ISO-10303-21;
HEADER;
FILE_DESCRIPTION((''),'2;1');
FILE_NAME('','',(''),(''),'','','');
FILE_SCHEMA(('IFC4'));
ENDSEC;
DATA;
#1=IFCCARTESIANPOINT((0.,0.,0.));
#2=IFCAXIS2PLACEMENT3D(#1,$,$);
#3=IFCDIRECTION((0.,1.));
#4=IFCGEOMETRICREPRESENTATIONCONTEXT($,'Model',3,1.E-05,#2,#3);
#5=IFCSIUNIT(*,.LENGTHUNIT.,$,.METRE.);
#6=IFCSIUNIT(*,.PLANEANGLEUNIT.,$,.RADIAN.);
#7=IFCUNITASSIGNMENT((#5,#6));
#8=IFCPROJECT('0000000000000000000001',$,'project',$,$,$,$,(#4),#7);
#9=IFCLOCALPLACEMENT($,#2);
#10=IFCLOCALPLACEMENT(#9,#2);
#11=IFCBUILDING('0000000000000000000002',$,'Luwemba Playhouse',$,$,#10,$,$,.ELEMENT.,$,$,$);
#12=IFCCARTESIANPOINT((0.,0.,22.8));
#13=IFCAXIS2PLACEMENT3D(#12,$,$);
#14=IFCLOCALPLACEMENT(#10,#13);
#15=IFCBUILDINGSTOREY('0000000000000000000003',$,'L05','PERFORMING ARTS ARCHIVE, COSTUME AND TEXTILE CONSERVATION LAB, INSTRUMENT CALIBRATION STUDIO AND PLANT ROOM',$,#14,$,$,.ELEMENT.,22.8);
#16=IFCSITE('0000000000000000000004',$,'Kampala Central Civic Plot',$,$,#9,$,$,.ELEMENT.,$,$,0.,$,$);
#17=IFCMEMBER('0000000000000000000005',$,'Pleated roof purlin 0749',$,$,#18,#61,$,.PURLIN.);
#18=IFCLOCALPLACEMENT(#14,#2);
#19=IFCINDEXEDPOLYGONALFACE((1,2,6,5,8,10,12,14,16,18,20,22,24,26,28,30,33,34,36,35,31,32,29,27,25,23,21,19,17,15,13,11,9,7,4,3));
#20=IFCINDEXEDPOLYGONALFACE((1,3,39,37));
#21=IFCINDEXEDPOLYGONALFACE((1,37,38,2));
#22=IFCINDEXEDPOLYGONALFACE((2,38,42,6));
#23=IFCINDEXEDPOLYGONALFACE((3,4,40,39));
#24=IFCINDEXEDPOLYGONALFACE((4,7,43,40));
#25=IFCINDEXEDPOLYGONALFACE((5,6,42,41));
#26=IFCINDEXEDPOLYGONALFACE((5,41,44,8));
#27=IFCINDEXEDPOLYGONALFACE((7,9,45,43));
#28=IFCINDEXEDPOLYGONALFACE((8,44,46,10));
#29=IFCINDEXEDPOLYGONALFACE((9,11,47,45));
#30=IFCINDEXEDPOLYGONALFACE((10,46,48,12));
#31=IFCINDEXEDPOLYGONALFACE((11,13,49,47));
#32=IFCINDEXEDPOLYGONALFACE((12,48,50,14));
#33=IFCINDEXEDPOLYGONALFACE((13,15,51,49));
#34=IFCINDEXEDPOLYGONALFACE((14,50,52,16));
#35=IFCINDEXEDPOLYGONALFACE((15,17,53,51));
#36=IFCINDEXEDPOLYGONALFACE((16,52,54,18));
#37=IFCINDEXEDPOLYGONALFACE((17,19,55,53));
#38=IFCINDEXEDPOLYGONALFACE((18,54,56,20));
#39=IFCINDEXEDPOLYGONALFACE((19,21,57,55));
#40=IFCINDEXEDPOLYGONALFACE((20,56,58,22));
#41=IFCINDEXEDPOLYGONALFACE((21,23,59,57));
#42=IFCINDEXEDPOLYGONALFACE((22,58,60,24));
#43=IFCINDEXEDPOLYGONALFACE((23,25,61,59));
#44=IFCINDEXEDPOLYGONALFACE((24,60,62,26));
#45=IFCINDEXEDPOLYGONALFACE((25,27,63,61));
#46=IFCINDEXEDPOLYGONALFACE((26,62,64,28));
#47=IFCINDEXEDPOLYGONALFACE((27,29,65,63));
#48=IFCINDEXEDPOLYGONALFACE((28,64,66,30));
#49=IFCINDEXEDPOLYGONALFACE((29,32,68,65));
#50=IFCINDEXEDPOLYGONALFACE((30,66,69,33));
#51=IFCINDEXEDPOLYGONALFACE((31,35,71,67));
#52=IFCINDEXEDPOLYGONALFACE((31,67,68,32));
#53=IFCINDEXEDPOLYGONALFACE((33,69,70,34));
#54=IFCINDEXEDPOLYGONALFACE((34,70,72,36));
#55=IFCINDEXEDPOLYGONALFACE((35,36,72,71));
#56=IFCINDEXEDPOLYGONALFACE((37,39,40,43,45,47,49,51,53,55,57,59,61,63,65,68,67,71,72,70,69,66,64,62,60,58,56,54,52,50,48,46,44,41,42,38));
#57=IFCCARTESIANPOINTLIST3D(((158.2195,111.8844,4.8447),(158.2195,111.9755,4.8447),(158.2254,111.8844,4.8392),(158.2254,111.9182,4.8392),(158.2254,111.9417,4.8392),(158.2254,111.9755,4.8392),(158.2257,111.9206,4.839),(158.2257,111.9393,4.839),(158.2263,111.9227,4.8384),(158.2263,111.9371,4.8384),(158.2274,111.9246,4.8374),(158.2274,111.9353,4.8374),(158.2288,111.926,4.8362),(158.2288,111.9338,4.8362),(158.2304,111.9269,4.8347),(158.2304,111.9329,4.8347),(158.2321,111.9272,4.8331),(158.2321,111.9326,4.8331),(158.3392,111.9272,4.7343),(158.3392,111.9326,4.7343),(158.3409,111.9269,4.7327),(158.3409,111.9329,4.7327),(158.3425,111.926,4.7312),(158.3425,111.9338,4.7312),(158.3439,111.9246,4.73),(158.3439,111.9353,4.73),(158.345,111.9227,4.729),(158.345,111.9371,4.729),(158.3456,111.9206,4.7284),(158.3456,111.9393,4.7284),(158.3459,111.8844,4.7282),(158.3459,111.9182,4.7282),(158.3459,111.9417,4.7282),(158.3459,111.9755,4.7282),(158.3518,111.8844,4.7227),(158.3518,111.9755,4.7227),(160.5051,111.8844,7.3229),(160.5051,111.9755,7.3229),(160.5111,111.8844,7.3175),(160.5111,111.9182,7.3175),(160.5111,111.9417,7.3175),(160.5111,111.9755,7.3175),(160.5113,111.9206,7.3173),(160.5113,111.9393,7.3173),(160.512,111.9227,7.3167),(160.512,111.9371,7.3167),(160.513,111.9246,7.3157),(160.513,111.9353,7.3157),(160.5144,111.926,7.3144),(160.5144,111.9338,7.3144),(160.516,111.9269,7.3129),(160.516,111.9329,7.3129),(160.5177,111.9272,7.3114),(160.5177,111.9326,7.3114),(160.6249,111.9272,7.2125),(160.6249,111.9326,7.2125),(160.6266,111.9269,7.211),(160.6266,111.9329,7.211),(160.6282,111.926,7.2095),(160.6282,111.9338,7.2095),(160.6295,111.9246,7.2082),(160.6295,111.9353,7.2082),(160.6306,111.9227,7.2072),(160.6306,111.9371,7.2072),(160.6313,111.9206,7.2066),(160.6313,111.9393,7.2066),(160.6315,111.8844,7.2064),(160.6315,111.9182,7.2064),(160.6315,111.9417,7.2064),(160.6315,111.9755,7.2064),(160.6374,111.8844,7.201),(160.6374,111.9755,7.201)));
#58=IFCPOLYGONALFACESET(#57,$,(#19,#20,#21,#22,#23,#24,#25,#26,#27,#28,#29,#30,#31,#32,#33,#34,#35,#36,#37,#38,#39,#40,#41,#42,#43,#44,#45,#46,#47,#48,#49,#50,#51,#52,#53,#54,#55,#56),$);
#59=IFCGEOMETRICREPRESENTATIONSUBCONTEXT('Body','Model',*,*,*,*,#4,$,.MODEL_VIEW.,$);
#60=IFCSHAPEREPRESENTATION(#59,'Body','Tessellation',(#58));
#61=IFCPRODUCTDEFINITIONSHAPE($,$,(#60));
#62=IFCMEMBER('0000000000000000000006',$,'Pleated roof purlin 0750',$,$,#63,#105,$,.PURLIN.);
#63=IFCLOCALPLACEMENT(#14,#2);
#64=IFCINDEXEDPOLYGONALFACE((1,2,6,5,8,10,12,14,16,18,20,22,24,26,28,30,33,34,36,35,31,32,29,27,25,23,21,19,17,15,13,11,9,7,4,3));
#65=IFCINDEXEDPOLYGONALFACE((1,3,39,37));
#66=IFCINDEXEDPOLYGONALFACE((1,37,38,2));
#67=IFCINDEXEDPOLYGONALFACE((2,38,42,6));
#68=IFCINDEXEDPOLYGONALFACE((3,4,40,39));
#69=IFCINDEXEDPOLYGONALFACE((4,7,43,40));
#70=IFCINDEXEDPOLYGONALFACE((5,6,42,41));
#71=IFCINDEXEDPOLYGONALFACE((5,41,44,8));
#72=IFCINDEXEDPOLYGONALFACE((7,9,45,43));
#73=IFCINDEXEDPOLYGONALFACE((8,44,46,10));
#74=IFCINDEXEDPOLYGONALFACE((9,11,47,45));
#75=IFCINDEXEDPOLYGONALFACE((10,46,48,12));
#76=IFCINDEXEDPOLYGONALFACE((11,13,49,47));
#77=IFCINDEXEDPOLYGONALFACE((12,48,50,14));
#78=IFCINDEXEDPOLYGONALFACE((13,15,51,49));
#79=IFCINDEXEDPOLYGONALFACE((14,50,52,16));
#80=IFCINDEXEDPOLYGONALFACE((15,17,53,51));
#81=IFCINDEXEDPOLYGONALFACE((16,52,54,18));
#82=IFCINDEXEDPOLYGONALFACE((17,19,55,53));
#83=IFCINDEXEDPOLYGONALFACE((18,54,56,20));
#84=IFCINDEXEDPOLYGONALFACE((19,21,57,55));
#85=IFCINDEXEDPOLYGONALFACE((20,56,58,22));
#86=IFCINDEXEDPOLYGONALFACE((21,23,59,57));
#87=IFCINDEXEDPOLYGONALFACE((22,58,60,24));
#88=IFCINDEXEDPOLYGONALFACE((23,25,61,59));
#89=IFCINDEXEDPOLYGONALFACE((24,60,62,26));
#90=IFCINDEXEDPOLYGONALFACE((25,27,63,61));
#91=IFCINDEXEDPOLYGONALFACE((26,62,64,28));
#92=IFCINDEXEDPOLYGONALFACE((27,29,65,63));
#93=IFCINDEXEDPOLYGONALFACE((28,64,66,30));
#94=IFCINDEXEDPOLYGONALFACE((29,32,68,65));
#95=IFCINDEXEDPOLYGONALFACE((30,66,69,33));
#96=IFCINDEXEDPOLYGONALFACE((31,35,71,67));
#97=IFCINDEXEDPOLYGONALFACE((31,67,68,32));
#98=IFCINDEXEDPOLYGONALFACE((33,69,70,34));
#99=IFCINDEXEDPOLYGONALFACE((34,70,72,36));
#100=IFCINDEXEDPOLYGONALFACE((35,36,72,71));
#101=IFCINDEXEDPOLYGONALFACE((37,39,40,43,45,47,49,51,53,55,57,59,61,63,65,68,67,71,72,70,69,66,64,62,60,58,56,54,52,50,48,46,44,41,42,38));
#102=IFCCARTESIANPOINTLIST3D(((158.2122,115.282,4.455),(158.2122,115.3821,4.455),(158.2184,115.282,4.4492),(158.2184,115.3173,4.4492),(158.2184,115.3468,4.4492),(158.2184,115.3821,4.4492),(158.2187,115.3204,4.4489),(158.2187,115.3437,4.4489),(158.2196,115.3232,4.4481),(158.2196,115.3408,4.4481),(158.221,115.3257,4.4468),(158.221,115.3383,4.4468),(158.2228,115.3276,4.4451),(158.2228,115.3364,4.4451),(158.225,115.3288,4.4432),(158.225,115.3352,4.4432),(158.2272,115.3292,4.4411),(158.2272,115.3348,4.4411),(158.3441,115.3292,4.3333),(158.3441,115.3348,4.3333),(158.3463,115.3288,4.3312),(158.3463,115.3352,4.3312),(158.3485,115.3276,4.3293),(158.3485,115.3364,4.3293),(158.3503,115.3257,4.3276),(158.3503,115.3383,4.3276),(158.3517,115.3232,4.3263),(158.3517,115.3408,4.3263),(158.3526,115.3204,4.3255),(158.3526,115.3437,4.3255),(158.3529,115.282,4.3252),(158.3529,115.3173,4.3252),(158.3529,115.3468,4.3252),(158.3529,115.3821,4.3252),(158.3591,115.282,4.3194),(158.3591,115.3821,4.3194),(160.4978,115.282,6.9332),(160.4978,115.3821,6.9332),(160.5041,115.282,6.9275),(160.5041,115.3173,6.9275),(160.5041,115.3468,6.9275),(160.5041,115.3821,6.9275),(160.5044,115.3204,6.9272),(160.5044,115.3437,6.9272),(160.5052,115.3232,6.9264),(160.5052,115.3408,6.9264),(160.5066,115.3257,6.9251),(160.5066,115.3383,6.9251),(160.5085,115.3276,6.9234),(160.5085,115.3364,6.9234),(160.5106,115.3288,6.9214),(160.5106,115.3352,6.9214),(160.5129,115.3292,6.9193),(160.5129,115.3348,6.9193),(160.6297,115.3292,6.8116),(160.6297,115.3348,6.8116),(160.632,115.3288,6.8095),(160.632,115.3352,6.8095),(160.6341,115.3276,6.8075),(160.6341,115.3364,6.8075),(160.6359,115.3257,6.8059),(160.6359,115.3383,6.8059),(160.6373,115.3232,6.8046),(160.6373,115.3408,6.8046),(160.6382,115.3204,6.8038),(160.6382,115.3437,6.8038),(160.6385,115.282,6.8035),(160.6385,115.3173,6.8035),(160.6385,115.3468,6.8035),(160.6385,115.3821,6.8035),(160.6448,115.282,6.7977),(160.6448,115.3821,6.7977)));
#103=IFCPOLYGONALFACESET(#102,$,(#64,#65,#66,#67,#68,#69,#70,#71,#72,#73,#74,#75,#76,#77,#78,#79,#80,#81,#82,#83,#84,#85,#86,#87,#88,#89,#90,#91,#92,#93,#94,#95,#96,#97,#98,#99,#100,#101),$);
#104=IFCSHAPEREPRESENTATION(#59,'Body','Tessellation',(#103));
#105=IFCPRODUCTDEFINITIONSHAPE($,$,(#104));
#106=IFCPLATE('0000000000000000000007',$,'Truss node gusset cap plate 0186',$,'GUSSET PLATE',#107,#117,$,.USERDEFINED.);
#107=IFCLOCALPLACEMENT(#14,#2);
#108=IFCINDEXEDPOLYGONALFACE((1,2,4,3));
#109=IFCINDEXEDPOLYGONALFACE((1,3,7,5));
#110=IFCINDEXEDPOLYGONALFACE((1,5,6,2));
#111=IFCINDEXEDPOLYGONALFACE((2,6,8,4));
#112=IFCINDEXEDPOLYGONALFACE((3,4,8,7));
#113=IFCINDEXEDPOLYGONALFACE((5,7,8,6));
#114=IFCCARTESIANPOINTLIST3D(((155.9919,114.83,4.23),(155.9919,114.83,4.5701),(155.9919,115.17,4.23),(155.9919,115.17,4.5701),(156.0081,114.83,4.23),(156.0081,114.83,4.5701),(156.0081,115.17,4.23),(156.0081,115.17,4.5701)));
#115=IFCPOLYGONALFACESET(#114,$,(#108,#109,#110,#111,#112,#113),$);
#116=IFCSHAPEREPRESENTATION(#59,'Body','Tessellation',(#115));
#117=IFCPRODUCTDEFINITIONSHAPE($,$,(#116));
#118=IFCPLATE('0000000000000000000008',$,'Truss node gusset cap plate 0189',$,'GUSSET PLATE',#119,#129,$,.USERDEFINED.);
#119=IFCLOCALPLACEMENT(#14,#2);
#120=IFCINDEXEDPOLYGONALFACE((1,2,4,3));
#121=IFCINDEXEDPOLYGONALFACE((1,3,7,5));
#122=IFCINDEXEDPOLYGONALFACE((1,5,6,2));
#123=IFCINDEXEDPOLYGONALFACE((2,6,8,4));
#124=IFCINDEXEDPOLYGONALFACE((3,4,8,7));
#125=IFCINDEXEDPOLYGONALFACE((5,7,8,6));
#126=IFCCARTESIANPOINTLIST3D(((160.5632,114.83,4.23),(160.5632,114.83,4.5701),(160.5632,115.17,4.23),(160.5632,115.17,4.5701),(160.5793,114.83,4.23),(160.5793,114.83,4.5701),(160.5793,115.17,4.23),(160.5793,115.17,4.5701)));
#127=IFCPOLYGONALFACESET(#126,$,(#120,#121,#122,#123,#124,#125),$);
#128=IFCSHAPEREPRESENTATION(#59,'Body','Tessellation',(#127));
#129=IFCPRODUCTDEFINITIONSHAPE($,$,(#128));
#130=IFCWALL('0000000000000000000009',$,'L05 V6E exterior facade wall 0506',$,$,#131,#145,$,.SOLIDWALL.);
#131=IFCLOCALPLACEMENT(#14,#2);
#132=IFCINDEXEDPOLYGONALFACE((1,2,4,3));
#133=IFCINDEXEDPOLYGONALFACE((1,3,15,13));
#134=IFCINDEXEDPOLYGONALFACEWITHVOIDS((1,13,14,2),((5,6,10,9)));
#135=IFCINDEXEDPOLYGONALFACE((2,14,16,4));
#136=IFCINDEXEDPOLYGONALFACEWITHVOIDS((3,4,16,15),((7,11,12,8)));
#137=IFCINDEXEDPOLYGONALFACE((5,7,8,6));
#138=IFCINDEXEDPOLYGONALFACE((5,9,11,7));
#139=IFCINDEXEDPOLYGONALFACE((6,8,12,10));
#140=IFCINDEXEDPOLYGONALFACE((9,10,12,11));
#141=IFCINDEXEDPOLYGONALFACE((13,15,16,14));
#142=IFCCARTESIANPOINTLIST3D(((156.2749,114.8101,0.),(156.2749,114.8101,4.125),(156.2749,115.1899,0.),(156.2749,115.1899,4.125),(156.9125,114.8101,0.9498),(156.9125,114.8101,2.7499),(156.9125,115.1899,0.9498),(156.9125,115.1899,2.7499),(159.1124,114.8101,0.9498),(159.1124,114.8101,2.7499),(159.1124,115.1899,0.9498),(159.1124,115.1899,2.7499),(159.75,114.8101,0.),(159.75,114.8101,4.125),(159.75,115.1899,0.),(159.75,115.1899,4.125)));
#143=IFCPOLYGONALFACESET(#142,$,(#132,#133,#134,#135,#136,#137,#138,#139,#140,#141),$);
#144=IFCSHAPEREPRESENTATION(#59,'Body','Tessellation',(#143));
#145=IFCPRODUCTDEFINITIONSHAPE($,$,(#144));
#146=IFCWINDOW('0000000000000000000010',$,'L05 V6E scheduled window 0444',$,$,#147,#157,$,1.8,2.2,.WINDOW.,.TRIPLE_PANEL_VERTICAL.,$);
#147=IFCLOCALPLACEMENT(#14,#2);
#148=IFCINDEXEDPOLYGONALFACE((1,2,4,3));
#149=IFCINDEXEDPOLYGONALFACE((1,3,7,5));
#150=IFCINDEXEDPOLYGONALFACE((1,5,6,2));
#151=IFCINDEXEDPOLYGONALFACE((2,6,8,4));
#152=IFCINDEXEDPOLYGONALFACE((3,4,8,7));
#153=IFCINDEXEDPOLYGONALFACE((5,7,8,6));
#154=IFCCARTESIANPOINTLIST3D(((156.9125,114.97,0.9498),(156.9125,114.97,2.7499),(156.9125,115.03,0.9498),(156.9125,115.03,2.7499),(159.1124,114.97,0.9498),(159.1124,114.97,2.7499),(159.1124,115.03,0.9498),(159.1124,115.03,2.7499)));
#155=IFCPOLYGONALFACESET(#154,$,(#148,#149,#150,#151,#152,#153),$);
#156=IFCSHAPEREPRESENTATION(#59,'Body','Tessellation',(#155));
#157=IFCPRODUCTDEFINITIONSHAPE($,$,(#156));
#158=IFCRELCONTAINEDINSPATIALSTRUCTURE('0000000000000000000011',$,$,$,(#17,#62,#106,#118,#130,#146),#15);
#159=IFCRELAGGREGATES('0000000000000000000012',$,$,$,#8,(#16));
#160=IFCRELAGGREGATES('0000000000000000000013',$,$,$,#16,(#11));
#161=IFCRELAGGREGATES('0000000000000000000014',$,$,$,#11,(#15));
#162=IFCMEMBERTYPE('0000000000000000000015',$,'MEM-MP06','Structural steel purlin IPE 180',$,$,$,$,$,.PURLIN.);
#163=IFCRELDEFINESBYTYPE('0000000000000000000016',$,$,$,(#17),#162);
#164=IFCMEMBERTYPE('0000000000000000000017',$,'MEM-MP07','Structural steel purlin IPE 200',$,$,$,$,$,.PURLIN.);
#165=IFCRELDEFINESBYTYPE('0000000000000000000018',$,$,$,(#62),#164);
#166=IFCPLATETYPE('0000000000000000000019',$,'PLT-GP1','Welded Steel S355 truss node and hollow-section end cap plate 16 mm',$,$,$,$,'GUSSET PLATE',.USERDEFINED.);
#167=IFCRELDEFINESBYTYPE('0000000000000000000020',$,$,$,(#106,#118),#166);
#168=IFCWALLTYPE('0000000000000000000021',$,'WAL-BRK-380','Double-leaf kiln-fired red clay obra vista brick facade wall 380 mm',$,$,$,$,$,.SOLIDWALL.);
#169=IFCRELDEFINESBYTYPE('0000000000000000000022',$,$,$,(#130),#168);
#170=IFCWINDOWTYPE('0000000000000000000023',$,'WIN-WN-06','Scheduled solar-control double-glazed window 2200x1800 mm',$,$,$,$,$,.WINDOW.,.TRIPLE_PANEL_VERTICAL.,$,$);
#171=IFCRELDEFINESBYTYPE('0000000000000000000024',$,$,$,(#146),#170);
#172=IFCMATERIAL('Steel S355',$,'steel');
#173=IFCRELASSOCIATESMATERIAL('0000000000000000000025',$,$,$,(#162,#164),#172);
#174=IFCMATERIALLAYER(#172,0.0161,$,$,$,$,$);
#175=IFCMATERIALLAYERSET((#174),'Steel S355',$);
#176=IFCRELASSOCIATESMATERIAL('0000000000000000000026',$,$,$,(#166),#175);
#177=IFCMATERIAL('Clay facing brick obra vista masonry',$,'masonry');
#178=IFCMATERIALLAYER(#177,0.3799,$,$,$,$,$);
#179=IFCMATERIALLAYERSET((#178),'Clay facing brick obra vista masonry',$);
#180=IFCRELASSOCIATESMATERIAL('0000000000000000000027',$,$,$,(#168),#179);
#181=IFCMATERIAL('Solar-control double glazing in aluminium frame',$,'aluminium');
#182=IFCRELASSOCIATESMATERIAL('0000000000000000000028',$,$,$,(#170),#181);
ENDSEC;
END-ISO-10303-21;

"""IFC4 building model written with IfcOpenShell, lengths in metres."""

from ifc_helpers import new_model, si_unit, direction, frame, frame_2d, origin, origin_2d, place, context, subcontext, project, spatial, rectangle, i_section, extrude, material, layer, layer_set, material_profile, profile_set, type_object, element, fill, save


model = new_model("IFC4")

# Units and contexts
model_context = context("Model", 3, precision=1e-05, world=origin(), true_north=direction((0.0, 1.0)))
body_context = subcontext(model_context, "Body", "Model", "MODEL_VIEW")
ifc_project = project(units=[si_unit("LENGTHUNIT", "METRE"), si_unit("PLANEANGLEUNIT", "RADIAN")], contexts=[model_context])

# Site, building, storey
site_placement = place(None, origin())
site = spatial("IfcSite", under=ifc_project, at=site_placement, Name="Kampala Central Civic Plot", CompositionType="ELEMENT", RefElevation=0.0)
building_placement = place(site_placement, origin())
building = spatial("IfcBuilding", under=site, at=building_placement, Name="Luwemba Playhouse", CompositionType="ELEMENT")
storey_placement = place(building_placement, frame((0.0, 0.0, 22.8)))
storey = spatial("IfcBuildingStorey", under=building, at=storey_placement, Name="L05", Description="PERFORMING ARTS ARCHIVE, COSTUME AND TEXTILE CONSERVATION LAB, INSTRUMENT CALIBRATION STUDIO AND PLANT ROOM", CompositionType="ELEMENT", Elevation=22.8)

# Shared definitions
ifc_material_1 = material(Name="Steel S355", Category="steel")

# Members
ifc_material_profile_1 = material_profile(ifc_material_1, i_section(OverallWidth=0.0911, OverallDepth=0.1799, WebThickness=0.0054, FlangeThickness=0.0081, FilletRadius=0.009, at=origin_2d()))
ifc_profile_set_1 = profile_set([ifc_material_profile_1], Name="Steel S355")
member_type_1 = type_object("IfcMemberType", Name="MEM-MP06", Description="Structural steel purlin IPE 180", PredefinedType="PURLIN", material=ifc_profile_set_1)
member_1_placement = place(storey_placement, frame((158.2856, 111.9299, 4.7837), z_axis=(0.677961, 0.0, 0.735098), x_axis=(0.0, 1.0, 0.0)))
element("IfcMember", 1, at=member_1_placement, inside=storey, type_object=member_type_1, Name="Pleated roof purlin 0749", PredefinedType="PURLIN", context=body_context, shape_type="SweptSolid", body=[
    extrude(i_section(OverallWidth=0.0911, OverallDepth=0.1799, WebThickness=0.0054, FlangeThickness=0.0081, FilletRadius=0.009, at=origin_2d()), origin(), (0.0, 0.0, 1.0), 3.3713),
])
ifc_material_profile_2 = material_profile(ifc_material_1, i_section(OverallWidth=0.1001, OverallDepth=0.2, WebThickness=0.0056, FlangeThickness=0.0085, FilletRadius=0.012, at=origin_2d()))
ifc_profile_set_2 = profile_set([ifc_material_profile_2], Name="Steel S355")
member_type_2 = type_object("IfcMemberType", Name="MEM-MP07", Description="Structural steel purlin IPE 200", PredefinedType="PURLIN", material=ifc_profile_set_2)
member_2_placement = place(storey_placement, frame((158.2856, 115.332, 4.3872), z_axis=(0.677961, 0.0, 0.735098), x_axis=(0.0, 1.0, 0.0)))
element("IfcMember", 2, at=member_2_placement, inside=storey, type_object=member_type_2, Name="Pleated roof purlin 0750", PredefinedType="PURLIN", context=body_context, shape_type="SweptSolid", body=[
    extrude(i_section(OverallWidth=0.1001, OverallDepth=0.2, WebThickness=0.0056, FlangeThickness=0.0085, FilletRadius=0.012, at=origin_2d()), origin(), (0.0, 0.0, 1.0), 3.3713),
])

# Plates
ifc_layer_1 = layer(ifc_material_1, 0.0161)
ifc_layer_set_1 = layer_set([ifc_layer_1], Name="Steel S355")
plate_type = type_object("IfcPlateType", Name="PLT-GP1", Description="Welded Steel S355 truss node and hollow-section end cap plate 16 mm", ElementType="GUSSET PLATE", PredefinedType="USERDEFINED", material=ifc_layer_set_1)
for number, where, z_axis, x_axis, name in (
    (3, (156.0, 115.0, 4.23), (0.0, 0.0, 1.0), (1.0, 0.0, 0.0), "Truss node gusset cap plate 0186"),
    (4, (160.5713, 115.0, 4.23), (0.0, 0.0, 1.0), (1.0, 0.0, 0.0), "Truss node gusset cap plate 0189"),
):
    element("IfcPlate", number, at=place(storey_placement, frame(where, z_axis=z_axis, x_axis=x_axis)), inside=storey, type_object=plate_type, Name=name, ObjectType="GUSSET PLATE", PredefinedType="USERDEFINED", context=body_context, shape_type="SweptSolid", body=[
        extrude(rectangle(XDim=0.0161, YDim=0.3401, at=origin_2d()), origin(), (0.0, 0.0, 1.0), 0.3401),
    ])

# Wall, opening, window
ifc_material_2 = material(Name="Clay facing brick obra vista masonry", Category="masonry")
ifc_layer_2 = layer(ifc_material_2, 0.3799)
ifc_layer_set_2 = layer_set([ifc_layer_2], Name="Clay facing brick obra vista masonry")
wall_type_1 = type_object("IfcWallType", Name="WAL-BRK-380", Description="Double-leaf kiln-fired red clay obra vista brick facade wall 380 mm", PredefinedType="SOLIDWALL", material=ifc_layer_set_2)
wall_1_placement = place(storey_placement, frame((156.2749, 115.0, 0.0), z_axis=(0.0, 0.0, 1.0), x_axis=(1.0, 0.0, 0.0)))
wall_1 = element("IfcWall", 5, at=wall_1_placement, inside=storey, type_object=wall_type_1, Name="L05 V6E exterior facade wall 0506", PredefinedType="SOLIDWALL", context=body_context, shape_type="SweptSolid", body=[
    extrude(rectangle(XDim=3.4751, YDim=0.3799, at=frame_2d((1.7375, 0.0))), origin(), (0.0, 0.0, 1.0), 4.125),
])
opening_1_placement = place(wall_1_placement, frame((0.6375, 0.0, 0.95)))
opening_1 = element("IfcOpeningElement", 6, at=opening_1_placement, cuts=wall_1, PredefinedType="OPENING", context=body_context, shape_type="SweptSolid", body=[
    extrude(rectangle(XDim=2.2, YDim=1.8, at=frame_2d((1.1001, 0.8999))), frame((0.0, 0.2, 0.0), z_axis=(0.0, -1.0, 0.0), x_axis=(1.0, 0.0, 0.0)), (0.0, 0.0, 1.0), 0.3999),
])
ifc_material_3 = material(Name="Solar-control double glazing in aluminium frame", Category="aluminium")
window_type_1 = type_object("IfcWindowType", Name="WIN-WN-06", Description="Scheduled solar-control double-glazed window 2200x1800 mm", PartitioningType="TRIPLE_PANEL_VERTICAL", PredefinedType="WINDOW", material=ifc_material_3)
window_1_placement = place(opening_1_placement, origin())
window_1 = element("IfcWindow", 7, at=window_1_placement, inside=storey, type_object=window_type_1, Name="L05 V6E scheduled window 0444", OverallHeight=1.8, OverallWidth=2.2, PartitioningType="TRIPLE_PANEL_VERTICAL", PredefinedType="WINDOW", context=body_context, shape_type="SweptSolid", body=[
    extrude(rectangle(XDim=2.2, YDim=1.8, at=frame_2d((1.1001, 0.8999))), frame((0.0, 0.03, 0.0), z_axis=(0.0, -1.0, 0.0), x_axis=(1.0, 0.0, 0.0)), (0.0, 0.0, 1.0), 0.0601),
])
fill(opening_1, window_1)

save(model, "model.ifc")
